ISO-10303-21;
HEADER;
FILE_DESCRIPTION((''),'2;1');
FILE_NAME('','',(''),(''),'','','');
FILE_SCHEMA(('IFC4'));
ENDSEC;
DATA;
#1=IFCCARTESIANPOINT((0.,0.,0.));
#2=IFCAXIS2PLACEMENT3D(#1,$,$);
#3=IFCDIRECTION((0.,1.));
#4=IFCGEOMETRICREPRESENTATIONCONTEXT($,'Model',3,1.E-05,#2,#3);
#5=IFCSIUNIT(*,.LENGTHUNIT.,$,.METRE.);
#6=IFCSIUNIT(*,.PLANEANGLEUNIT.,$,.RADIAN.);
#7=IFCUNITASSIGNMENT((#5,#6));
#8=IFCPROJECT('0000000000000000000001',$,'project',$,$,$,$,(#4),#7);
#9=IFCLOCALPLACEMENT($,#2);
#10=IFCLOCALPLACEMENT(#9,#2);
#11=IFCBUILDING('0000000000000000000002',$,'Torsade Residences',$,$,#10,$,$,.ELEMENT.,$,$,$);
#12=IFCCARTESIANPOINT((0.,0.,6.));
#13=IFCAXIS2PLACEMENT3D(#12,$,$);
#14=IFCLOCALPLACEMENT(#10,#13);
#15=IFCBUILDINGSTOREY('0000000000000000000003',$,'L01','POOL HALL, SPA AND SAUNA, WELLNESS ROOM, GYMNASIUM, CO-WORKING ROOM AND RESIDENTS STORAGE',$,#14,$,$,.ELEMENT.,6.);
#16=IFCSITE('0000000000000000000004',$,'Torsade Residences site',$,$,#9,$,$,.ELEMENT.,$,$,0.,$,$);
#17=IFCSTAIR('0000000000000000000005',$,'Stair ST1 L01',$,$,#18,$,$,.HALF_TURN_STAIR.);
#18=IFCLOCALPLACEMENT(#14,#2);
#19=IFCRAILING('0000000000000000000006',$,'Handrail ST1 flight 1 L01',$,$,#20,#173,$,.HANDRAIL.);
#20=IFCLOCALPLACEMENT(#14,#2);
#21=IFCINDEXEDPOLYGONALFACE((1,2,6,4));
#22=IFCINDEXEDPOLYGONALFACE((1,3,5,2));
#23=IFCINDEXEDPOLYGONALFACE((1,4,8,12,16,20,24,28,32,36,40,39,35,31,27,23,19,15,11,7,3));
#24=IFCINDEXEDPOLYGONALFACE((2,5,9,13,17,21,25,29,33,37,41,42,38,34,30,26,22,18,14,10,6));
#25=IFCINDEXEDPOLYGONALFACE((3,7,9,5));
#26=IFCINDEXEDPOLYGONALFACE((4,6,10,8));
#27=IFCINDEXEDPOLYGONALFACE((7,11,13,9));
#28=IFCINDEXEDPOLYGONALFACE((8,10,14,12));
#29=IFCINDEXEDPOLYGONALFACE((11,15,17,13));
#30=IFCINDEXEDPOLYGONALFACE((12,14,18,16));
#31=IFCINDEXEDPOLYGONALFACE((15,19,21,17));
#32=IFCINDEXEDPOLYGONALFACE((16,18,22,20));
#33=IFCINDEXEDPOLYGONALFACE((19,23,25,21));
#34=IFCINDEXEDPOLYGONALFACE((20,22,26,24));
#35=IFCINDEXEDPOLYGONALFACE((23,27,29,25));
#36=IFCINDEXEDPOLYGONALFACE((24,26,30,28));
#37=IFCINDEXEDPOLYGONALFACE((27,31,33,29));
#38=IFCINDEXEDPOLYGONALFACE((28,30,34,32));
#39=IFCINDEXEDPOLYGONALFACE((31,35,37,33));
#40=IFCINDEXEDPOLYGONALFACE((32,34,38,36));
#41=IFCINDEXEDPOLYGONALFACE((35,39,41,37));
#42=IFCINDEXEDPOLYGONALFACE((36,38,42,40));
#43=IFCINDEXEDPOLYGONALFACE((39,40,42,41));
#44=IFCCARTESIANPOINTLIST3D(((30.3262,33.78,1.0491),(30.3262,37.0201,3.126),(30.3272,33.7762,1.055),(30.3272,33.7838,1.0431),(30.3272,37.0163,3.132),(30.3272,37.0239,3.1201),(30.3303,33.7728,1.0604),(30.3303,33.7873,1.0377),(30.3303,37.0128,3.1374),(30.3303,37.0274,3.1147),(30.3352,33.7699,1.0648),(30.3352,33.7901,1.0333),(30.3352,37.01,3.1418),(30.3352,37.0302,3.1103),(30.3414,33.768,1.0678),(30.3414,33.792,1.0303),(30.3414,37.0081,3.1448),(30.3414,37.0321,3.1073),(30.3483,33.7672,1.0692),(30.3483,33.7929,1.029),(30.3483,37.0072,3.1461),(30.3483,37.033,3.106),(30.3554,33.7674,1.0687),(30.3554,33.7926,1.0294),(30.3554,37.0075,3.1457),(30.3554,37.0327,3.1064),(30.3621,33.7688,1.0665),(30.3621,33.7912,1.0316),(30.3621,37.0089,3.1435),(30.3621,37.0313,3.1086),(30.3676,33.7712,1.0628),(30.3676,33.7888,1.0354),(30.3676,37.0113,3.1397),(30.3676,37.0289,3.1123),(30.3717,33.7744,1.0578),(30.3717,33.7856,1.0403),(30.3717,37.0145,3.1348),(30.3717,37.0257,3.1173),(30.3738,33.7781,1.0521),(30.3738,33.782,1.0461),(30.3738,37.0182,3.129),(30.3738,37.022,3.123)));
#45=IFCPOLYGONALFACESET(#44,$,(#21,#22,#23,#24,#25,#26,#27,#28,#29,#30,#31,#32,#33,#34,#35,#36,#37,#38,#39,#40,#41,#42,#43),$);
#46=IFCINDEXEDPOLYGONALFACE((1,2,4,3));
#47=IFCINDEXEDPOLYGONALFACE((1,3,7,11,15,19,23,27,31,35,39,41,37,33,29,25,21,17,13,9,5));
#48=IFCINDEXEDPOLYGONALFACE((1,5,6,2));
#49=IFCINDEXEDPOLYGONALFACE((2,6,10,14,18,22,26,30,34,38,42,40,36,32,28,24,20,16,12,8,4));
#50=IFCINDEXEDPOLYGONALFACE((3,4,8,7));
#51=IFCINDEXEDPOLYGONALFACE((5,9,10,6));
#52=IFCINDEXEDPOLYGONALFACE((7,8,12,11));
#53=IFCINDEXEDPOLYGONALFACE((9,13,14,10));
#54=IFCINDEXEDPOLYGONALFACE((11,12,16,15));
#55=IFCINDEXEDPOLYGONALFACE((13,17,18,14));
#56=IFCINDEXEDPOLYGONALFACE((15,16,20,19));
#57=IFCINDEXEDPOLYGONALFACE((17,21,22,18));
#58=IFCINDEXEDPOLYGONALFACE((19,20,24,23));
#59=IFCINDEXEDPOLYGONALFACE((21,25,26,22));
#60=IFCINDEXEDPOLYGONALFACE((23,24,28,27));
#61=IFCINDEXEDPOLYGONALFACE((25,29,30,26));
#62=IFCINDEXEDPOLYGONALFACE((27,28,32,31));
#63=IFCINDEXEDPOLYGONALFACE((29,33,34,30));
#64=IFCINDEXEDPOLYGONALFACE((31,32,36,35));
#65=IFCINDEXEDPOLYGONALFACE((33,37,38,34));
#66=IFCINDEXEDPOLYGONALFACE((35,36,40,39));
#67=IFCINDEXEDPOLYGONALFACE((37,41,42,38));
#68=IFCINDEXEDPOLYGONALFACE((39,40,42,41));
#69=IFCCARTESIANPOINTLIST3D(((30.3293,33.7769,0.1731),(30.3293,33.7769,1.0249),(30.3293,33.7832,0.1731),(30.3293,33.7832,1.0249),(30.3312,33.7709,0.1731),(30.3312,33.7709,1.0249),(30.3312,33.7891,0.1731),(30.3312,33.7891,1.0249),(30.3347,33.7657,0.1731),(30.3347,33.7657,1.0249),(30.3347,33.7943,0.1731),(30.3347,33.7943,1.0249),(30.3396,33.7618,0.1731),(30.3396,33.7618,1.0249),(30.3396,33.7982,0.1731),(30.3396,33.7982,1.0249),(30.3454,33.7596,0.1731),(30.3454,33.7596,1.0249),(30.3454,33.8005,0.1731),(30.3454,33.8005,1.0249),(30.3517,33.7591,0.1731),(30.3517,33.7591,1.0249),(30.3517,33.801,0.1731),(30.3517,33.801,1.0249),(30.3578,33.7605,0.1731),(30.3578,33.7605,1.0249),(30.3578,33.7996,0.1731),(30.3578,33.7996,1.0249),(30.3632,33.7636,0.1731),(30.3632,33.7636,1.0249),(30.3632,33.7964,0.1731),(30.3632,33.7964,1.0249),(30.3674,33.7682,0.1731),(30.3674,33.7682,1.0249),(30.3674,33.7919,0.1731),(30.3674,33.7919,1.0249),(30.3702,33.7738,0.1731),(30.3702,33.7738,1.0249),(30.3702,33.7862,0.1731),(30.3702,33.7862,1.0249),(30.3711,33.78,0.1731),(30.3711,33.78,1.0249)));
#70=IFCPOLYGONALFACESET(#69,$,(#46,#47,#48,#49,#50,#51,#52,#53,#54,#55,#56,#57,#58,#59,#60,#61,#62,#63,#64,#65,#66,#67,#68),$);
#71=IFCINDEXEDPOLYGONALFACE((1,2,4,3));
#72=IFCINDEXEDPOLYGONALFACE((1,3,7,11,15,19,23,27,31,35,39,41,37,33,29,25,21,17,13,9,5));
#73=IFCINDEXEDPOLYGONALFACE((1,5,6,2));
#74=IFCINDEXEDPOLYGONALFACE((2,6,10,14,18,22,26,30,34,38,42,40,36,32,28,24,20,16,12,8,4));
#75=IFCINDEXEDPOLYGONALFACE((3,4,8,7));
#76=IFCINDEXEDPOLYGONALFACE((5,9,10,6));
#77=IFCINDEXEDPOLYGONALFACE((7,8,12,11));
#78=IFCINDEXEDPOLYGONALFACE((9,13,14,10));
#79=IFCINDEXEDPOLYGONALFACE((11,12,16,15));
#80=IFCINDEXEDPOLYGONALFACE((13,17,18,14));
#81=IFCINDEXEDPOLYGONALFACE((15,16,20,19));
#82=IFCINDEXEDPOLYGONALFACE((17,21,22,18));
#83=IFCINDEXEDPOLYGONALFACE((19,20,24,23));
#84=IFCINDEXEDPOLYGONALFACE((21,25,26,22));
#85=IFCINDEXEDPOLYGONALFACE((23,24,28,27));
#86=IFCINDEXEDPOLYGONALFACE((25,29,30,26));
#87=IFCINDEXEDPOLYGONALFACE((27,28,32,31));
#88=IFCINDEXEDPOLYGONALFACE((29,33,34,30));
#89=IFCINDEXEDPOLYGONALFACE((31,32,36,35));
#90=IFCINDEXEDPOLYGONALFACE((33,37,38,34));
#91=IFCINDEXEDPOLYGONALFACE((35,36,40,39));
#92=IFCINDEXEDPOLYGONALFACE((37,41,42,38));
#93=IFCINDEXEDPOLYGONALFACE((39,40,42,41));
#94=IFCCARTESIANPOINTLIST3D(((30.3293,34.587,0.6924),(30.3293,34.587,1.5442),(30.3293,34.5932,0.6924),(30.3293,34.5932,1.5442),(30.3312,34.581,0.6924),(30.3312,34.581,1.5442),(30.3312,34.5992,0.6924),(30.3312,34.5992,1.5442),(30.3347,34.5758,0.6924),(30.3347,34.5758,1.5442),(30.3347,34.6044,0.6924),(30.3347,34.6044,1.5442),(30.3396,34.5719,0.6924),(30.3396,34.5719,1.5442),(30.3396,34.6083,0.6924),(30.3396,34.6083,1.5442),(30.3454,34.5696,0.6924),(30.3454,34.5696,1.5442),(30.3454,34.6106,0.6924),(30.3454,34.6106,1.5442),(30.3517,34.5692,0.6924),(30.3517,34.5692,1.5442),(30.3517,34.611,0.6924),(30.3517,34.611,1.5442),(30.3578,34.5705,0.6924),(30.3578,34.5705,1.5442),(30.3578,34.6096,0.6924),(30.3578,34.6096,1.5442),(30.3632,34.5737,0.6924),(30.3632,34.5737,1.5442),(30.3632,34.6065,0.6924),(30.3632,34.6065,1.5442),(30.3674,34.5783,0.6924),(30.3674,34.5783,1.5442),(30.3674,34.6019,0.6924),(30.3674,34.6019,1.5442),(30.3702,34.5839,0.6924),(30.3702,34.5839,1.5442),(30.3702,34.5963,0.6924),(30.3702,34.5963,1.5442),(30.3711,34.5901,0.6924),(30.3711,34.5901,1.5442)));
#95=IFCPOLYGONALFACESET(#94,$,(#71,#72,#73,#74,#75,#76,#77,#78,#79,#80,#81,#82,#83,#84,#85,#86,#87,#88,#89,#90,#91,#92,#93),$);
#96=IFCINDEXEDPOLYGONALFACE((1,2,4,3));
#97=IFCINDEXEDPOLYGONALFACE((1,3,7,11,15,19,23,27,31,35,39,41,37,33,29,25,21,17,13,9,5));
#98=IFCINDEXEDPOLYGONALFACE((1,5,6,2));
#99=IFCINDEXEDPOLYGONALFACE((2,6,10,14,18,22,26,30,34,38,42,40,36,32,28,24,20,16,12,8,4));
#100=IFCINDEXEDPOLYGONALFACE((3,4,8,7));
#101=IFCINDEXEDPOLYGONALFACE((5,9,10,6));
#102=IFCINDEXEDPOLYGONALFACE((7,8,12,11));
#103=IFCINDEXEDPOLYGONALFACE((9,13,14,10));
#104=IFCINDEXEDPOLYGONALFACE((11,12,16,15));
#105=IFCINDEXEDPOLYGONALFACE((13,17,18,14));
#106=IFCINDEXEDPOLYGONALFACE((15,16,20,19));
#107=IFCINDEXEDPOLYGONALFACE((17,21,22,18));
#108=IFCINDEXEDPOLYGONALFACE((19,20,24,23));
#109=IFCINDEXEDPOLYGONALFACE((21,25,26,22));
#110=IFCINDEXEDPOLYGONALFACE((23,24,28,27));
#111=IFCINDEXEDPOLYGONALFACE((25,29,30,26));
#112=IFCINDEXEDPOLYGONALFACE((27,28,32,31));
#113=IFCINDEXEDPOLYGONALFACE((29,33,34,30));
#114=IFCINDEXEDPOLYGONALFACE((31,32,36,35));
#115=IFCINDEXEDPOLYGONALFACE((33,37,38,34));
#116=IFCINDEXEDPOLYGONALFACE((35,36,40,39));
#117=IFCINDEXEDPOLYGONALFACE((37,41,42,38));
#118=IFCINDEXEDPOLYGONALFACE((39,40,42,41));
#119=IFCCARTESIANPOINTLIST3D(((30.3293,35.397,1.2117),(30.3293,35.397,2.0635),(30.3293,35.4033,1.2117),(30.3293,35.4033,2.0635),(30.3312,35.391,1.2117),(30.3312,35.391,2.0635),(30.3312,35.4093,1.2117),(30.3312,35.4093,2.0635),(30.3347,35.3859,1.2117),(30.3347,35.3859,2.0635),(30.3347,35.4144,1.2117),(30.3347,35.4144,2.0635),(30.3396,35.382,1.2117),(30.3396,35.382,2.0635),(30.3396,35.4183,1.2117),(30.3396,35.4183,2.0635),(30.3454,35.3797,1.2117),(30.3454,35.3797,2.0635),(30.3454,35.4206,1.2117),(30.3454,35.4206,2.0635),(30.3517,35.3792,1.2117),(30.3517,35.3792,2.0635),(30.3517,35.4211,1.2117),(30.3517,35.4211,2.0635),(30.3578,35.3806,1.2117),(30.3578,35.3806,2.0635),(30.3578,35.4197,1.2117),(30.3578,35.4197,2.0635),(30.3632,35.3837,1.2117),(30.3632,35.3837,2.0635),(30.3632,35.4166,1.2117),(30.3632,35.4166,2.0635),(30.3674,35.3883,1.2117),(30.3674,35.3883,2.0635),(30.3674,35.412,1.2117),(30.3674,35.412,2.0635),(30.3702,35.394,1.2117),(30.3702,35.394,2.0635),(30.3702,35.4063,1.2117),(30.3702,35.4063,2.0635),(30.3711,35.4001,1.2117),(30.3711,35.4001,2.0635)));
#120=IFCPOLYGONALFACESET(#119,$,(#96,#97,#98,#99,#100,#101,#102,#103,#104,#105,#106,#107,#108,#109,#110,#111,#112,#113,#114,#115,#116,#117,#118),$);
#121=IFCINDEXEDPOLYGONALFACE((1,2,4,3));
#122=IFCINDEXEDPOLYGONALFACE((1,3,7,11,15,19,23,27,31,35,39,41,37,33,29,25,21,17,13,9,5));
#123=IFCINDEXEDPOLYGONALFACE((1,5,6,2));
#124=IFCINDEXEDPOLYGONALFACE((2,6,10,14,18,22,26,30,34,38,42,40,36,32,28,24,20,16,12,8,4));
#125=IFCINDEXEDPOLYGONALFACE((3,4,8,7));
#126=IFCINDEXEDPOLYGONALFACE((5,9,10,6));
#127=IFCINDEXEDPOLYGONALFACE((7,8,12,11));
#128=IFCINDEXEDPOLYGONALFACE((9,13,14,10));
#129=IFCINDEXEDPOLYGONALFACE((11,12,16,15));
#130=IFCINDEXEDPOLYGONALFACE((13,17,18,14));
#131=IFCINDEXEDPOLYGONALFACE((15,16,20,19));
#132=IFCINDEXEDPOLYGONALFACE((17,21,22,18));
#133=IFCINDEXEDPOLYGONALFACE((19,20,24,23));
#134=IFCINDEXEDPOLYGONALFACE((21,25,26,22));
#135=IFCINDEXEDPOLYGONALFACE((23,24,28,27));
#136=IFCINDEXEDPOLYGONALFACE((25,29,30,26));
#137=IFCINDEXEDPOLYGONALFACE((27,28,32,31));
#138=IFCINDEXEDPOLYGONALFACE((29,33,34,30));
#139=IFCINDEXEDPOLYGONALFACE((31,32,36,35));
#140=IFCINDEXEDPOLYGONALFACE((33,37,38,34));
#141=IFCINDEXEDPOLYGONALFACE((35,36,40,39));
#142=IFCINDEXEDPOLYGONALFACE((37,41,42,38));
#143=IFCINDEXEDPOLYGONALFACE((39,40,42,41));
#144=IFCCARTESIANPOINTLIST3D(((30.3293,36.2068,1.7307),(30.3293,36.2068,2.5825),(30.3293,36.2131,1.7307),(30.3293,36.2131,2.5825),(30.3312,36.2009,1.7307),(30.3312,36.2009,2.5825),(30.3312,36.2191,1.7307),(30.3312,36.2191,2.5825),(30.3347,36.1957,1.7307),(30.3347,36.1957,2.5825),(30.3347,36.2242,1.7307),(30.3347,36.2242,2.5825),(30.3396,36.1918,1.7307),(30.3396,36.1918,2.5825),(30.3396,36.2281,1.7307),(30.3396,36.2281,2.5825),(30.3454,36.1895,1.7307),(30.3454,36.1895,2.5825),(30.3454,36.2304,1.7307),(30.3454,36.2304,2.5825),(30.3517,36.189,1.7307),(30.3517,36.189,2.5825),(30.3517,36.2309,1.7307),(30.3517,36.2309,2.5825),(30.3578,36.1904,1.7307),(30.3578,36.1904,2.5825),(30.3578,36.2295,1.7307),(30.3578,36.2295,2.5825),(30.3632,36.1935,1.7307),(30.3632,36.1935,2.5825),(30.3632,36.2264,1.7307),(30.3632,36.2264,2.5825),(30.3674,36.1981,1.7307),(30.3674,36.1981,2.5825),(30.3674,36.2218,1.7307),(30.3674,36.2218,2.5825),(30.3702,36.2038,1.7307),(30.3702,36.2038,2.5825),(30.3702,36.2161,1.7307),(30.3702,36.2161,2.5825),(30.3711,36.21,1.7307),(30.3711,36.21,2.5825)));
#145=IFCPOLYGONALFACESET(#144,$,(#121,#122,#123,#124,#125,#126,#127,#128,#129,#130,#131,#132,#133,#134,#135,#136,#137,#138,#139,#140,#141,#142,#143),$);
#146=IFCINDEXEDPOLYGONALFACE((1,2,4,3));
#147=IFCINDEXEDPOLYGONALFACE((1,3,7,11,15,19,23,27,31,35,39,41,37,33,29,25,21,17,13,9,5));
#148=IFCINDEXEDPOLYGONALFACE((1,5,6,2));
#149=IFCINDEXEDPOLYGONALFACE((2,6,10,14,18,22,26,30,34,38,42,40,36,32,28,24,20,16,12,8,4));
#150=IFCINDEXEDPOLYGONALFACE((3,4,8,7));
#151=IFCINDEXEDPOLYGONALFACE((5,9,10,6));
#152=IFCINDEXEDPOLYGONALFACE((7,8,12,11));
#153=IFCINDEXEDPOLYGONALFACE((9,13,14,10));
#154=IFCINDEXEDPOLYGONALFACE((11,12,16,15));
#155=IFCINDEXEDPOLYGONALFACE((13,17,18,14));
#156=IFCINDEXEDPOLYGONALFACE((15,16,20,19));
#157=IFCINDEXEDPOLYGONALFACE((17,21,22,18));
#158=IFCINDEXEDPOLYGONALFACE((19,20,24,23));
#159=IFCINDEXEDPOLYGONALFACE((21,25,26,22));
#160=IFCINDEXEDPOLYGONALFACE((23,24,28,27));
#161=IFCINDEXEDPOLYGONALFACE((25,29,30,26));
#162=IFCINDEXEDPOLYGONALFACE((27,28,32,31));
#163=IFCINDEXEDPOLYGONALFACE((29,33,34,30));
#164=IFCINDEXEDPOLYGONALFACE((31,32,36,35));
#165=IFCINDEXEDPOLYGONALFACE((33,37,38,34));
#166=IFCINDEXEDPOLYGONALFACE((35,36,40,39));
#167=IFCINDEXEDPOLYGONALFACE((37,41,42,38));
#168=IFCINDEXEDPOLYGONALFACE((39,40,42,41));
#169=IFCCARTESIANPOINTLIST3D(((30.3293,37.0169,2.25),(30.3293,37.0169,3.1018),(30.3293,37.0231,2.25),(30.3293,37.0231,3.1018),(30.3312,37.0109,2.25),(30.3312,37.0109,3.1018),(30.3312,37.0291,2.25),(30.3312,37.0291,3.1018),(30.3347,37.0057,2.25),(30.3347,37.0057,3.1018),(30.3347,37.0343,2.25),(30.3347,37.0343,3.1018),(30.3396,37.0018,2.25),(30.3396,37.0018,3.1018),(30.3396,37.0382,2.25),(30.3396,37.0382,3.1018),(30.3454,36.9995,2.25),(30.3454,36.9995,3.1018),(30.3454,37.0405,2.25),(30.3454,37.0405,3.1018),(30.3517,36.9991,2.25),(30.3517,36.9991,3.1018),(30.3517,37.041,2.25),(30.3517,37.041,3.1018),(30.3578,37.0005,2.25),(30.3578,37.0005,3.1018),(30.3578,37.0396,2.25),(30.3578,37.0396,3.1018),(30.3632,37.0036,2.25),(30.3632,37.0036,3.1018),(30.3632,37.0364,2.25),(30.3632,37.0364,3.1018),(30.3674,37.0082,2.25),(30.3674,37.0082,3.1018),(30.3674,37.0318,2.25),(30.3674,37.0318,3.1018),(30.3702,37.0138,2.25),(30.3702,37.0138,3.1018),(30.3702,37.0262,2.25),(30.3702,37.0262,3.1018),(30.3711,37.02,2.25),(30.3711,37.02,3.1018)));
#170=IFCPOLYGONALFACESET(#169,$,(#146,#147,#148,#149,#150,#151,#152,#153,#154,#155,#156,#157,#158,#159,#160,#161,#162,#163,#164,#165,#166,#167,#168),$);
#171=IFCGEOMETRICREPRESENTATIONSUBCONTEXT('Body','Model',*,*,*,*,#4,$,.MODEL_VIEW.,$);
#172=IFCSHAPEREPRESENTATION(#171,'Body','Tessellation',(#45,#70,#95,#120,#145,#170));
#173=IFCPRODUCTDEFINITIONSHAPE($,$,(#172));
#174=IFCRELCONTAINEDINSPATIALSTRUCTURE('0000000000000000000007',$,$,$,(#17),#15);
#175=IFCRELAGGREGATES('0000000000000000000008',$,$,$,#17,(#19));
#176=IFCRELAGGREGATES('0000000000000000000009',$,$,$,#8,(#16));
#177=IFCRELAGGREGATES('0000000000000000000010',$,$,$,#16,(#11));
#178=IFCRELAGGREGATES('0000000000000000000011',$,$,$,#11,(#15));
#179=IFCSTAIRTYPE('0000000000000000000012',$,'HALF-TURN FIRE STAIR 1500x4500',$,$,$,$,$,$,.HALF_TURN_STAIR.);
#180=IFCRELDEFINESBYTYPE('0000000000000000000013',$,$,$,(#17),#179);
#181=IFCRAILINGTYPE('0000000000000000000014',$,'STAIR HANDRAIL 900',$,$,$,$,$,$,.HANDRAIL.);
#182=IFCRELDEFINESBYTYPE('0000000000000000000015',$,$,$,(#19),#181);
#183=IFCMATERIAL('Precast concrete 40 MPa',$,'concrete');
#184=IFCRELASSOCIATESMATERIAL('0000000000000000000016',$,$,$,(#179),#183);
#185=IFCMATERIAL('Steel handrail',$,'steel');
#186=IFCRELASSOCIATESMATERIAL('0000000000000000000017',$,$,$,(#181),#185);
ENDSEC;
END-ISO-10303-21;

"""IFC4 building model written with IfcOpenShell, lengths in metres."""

from ifc_helpers import new_model, si_unit, direction, frame, origin, origin_2d, place, context, subcontext, project, spatial, circle, extrude, material, type_object, element, aggregate, save


model = new_model("IFC4")

# Units and contexts
model_context = context("Model", 3, precision=1e-05, world=origin(), true_north=direction((0.0, 1.0)))
body_context = subcontext(model_context, "Body", "Model", "MODEL_VIEW")
ifc_project = project(units=[si_unit("LENGTHUNIT", "METRE"), si_unit("PLANEANGLEUNIT", "RADIAN")], contexts=[model_context])

# Site, building, storey
site_placement = place(None, origin())
site = spatial("IfcSite", under=ifc_project, at=site_placement, Name="Torsade Residences site", CompositionType="ELEMENT", RefElevation=0.0)
building_placement = place(site_placement, origin())
building = spatial("IfcBuilding", under=site, at=building_placement, Name="Torsade Residences", CompositionType="ELEMENT")
storey_placement = place(building_placement, frame((0.0, 0.0, 6.0)))
storey = spatial("IfcBuildingStorey", under=building, at=storey_placement, Name="L01", Description="POOL HALL, SPA AND SAUNA, WELLNESS ROOM, GYMNASIUM, CO-WORKING ROOM AND RESIDENTS STORAGE", CompositionType="ELEMENT", Elevation=6.0)

# Stair, railing
ifc_material_1 = material(Name="Precast concrete 40 MPa", Category="concrete")
stair_type = type_object("IfcStairType", Name="HALF-TURN FIRE STAIR 1500x4500", PredefinedType="HALF_TURN_STAIR", material=ifc_material_1)
stair_placement = place(storey_placement, origin())
stair = element("IfcStair", 1, at=stair_placement, inside=storey, type_object=stair_type, Name="Stair ST1 L01", PredefinedType="HALF_TURN_STAIR")
ifc_material_2 = material(Name="Steel handrail", Category="steel")
railing_type = type_object("IfcRailingType", Name="STAIR HANDRAIL 900", PredefinedType="HANDRAIL", material=ifc_material_2)
railing_1_placement = place(storey_placement, frame((30.3501, 33.78, 0.1731)))
railing_1 = element("IfcRailing", 2, at=railing_1_placement, type_object=railing_type, Name="Handrail ST1 flight 1 L01", PredefinedType="HANDRAIL", context=body_context, shape_type="SweptSolid", body=[
    extrude(circle(Radius=0.0239, at=origin_2d()), frame((0.0, 0.0, 0.876), z_axis=(0.0, 0.841881, 0.539664), x_axis=(-1.0, 0.0, 0.0)), (0.0, 0.0, 1.0), 3.8486),
    extrude(circle(Radius=0.021, at=origin_2d()), origin(), (0.0, 0.0, 1.0), 0.8518),
    extrude(circle(Radius=0.021, at=origin_2d()), frame((0.0, 0.8101, 0.5193)), (0.0, 0.0, 1.0), 0.8518),
    extrude(circle(Radius=0.021, at=origin_2d()), frame((0.0, 1.6201, 1.0386)), (0.0, 0.0, 1.0), 0.8518),
    extrude(circle(Radius=0.021, at=origin_2d()), frame((0.0, 2.4299, 1.5576)), (0.0, 0.0, 1.0), 0.8518),
    extrude(circle(Radius=0.021, at=origin_2d()), frame((0.0, 3.24, 2.0769)), (0.0, 0.0, 1.0), 0.8518),
])
aggregate(stair, [railing_1])

save(model, "model.ifc")
